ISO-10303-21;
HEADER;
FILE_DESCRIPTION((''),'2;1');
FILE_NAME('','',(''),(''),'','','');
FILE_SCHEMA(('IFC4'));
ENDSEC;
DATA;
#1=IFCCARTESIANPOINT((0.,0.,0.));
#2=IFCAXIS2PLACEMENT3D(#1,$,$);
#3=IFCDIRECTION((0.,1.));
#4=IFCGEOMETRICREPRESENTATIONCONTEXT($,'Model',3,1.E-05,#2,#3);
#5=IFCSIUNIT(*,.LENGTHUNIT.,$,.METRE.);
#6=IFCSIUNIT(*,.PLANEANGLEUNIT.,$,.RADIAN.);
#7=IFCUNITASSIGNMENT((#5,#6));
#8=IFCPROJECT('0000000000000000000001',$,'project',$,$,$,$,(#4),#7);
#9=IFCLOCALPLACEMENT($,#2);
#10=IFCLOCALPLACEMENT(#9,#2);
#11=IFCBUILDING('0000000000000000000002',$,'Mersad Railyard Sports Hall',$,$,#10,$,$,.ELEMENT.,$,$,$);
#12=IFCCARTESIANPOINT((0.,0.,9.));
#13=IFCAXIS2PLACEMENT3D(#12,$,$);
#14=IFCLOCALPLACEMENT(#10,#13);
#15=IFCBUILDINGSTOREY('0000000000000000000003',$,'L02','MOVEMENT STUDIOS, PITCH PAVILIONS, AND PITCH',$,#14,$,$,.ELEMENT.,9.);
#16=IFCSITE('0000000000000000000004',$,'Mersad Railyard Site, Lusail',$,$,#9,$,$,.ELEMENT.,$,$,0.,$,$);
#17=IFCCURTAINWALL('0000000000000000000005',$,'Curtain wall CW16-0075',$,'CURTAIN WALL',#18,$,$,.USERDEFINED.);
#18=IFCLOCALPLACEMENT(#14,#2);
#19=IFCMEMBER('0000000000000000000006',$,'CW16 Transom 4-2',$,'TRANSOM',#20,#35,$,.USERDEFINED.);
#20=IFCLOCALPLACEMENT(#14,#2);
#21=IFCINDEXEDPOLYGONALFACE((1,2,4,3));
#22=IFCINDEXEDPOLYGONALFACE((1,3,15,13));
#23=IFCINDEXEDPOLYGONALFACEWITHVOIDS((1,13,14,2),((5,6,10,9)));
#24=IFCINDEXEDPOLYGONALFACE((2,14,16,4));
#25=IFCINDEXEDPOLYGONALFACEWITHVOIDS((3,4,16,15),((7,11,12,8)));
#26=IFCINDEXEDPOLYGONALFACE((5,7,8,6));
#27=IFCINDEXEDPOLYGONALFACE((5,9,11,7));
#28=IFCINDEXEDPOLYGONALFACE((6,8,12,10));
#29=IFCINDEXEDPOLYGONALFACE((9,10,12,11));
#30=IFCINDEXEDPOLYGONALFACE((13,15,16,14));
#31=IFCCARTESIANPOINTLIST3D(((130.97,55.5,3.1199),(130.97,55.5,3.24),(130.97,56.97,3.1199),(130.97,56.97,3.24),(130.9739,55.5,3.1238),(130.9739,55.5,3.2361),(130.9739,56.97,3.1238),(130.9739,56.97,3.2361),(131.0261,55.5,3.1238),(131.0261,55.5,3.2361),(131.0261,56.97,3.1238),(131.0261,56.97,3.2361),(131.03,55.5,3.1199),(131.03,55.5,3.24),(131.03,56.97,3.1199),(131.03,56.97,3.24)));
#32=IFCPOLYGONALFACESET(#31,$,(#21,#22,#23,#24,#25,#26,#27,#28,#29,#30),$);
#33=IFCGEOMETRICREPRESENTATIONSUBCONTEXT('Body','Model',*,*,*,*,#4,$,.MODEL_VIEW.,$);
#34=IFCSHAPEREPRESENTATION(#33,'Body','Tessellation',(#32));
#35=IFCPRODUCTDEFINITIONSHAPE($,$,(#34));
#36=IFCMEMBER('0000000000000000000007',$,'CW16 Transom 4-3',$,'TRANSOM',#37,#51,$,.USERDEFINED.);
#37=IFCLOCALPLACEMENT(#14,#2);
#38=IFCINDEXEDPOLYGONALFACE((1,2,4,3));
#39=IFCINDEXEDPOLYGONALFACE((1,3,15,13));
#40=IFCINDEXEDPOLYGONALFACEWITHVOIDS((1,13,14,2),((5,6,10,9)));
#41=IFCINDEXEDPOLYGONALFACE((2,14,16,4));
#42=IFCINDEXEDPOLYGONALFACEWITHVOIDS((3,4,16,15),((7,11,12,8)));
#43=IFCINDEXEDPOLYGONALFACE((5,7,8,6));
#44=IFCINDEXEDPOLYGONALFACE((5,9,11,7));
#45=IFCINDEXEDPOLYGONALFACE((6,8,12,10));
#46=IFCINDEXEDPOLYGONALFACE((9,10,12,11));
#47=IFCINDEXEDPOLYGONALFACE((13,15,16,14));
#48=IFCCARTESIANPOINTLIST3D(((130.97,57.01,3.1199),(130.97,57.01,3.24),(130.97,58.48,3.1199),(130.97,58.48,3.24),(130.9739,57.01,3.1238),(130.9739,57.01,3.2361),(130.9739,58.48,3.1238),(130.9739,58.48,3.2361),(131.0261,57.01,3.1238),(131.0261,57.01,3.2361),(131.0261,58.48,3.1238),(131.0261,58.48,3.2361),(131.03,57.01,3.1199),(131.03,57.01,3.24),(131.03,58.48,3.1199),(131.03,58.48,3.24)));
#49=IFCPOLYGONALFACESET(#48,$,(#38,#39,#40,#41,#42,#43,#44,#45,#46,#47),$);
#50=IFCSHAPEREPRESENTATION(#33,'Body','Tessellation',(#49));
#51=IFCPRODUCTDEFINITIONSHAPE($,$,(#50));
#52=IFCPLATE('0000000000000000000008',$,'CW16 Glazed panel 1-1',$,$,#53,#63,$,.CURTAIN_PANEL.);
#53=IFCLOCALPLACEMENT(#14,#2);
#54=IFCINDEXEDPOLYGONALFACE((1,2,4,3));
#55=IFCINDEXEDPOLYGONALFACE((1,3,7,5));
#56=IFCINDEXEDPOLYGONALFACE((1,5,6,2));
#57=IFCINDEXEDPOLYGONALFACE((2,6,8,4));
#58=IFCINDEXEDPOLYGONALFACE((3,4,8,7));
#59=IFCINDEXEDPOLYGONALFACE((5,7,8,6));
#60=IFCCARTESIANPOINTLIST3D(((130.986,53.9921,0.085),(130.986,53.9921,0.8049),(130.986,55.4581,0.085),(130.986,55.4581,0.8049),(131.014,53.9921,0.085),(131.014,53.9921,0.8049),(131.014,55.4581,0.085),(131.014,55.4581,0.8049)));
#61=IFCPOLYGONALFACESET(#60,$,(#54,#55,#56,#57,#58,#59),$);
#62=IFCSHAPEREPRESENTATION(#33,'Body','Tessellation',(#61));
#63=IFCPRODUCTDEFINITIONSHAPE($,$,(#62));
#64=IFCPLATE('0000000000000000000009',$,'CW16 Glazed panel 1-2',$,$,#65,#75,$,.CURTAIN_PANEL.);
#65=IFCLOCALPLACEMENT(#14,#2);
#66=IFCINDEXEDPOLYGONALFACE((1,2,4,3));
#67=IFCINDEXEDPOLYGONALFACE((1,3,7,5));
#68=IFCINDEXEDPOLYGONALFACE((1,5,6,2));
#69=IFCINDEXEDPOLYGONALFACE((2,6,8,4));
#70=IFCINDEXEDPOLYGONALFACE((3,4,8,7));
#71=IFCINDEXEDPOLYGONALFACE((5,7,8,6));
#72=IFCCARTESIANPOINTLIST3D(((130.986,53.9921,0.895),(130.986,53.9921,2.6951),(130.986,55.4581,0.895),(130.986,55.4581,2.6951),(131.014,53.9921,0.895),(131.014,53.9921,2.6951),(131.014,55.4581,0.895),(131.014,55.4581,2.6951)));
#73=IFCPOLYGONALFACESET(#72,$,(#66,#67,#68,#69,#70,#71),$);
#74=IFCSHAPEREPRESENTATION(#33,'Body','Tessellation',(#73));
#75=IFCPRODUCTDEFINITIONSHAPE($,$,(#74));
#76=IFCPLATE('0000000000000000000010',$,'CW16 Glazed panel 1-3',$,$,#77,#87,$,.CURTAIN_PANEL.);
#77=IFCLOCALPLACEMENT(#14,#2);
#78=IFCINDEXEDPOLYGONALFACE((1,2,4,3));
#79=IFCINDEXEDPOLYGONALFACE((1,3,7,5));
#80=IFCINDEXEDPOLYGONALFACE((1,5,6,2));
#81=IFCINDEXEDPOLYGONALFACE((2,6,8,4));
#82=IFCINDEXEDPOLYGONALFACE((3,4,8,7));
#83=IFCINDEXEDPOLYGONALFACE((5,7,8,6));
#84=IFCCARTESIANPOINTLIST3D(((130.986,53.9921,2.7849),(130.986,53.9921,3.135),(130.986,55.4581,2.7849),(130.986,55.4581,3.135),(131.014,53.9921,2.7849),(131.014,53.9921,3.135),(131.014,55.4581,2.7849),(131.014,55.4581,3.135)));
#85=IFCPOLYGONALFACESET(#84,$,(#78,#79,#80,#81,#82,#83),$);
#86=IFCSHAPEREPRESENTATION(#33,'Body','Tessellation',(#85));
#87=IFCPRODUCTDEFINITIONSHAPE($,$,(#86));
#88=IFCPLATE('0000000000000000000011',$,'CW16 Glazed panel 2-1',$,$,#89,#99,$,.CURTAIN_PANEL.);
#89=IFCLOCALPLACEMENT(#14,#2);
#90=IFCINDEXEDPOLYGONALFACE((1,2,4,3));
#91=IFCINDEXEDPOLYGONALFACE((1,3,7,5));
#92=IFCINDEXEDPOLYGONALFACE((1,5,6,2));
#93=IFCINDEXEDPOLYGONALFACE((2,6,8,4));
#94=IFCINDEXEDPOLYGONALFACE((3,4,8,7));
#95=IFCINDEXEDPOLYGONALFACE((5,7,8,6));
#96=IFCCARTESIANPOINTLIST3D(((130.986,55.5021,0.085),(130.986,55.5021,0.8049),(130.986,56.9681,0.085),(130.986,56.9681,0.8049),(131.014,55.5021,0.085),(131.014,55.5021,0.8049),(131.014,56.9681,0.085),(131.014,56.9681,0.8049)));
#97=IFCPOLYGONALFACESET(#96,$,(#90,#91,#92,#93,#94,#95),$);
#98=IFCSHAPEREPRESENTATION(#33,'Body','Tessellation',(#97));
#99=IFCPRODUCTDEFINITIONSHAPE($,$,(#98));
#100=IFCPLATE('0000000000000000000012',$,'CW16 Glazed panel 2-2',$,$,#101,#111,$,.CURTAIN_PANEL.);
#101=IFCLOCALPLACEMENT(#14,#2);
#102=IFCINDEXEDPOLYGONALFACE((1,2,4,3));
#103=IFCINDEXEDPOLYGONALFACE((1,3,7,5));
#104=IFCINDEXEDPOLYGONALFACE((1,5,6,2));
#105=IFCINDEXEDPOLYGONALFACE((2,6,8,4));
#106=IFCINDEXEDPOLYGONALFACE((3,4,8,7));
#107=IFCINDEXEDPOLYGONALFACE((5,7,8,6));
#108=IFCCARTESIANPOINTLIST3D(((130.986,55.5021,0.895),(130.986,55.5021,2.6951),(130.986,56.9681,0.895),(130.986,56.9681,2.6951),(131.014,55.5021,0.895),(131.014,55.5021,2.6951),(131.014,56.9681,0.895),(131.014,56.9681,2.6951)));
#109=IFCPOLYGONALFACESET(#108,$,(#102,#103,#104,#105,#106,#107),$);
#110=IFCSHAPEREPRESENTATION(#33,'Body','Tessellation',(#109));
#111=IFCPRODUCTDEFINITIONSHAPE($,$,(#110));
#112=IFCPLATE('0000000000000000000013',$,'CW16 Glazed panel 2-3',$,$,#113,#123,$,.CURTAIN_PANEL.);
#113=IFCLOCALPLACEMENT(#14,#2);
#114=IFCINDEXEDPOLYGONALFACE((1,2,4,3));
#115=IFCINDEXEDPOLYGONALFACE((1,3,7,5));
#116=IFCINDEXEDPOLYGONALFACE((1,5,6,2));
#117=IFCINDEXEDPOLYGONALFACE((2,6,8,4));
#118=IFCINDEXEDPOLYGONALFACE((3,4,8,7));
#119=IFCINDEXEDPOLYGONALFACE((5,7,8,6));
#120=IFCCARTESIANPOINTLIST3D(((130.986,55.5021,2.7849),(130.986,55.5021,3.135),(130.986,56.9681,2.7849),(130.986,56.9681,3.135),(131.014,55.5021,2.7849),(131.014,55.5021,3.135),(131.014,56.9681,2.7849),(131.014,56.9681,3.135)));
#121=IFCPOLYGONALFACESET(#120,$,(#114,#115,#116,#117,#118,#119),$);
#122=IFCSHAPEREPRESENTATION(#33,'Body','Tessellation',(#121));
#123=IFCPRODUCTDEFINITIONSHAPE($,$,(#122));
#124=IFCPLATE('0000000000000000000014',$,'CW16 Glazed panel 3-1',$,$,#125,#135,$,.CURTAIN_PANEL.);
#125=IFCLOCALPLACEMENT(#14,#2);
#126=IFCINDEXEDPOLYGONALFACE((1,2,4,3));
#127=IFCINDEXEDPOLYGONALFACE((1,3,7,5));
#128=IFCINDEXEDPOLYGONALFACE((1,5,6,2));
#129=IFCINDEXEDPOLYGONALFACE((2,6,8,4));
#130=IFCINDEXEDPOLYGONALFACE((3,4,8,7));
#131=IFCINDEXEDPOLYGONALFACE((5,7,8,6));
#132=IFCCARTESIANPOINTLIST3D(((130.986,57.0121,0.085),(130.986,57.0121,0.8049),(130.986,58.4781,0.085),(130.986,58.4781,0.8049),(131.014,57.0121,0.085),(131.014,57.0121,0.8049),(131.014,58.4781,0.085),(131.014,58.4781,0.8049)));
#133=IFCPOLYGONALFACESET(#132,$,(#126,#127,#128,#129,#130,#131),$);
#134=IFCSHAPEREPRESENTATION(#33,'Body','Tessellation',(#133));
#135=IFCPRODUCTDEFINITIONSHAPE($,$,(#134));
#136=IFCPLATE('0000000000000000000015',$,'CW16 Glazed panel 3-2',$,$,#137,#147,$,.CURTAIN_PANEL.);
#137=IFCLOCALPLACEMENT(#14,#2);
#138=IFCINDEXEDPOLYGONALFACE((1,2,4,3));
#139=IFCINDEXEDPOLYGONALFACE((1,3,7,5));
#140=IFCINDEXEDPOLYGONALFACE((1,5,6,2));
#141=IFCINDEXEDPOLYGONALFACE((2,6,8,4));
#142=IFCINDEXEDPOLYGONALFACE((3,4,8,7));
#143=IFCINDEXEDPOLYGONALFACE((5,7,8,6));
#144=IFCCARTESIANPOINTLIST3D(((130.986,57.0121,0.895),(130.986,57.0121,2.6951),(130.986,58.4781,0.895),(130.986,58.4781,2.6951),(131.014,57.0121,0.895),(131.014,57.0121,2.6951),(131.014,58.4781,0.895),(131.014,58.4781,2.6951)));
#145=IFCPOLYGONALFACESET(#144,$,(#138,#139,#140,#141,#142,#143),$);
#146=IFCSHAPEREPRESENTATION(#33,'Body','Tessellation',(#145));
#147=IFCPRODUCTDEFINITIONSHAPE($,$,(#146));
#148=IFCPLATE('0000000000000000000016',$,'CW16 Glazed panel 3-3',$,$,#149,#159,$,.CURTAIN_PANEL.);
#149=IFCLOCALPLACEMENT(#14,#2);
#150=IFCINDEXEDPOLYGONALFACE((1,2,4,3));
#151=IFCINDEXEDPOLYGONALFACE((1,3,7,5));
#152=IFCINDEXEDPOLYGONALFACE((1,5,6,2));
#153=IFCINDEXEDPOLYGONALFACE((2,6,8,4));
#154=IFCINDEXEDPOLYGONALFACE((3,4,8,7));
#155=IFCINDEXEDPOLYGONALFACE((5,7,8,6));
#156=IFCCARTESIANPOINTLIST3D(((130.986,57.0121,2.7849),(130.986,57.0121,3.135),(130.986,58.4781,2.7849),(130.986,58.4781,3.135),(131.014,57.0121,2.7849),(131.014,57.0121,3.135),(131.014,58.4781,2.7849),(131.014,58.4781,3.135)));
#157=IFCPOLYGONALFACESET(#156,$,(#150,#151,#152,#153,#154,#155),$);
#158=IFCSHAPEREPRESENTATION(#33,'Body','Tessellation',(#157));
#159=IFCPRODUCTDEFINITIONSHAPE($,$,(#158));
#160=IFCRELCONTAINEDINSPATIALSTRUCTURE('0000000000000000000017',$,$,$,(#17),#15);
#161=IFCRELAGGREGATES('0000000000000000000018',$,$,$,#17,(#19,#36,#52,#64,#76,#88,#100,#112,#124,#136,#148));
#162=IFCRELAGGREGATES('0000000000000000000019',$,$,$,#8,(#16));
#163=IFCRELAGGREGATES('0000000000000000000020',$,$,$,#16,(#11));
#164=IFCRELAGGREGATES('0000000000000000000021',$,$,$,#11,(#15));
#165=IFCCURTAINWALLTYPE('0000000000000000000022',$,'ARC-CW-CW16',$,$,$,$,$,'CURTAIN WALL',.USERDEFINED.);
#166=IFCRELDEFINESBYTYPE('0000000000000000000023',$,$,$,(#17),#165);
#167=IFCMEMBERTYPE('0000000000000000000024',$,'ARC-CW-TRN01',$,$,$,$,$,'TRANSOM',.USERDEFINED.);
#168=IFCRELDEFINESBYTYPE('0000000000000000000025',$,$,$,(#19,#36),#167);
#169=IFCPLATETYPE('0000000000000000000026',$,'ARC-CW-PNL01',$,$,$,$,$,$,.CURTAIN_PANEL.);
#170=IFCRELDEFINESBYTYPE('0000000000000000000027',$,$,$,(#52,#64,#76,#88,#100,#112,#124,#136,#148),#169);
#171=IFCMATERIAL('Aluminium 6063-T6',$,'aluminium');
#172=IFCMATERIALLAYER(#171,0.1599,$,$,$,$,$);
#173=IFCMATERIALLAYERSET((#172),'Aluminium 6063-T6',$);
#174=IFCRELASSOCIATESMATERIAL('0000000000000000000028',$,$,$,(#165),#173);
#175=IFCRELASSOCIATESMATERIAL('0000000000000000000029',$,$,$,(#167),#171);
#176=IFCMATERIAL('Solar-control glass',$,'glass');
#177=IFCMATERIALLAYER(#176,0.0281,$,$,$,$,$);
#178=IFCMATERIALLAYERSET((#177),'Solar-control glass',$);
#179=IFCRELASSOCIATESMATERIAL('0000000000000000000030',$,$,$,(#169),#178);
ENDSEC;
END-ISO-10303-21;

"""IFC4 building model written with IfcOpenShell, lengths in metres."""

from ifc_helpers import new_model, si_unit, direction, frame, origin, origin_2d, place, context, subcontext, project, spatial, rectangle, hollow_rectangle, extrude, material, layer, layer_set, material_profile, profile_set, type_object, element, aggregate, save


model = new_model("IFC4")

# Units and contexts
model_context = context("Model", 3, precision=1e-05, world=origin(), true_north=direction((0.0, 1.0)))
body_context = subcontext(model_context, "Body", "Model", "MODEL_VIEW")
ifc_project = project(units=[si_unit("LENGTHUNIT", "METRE"), si_unit("PLANEANGLEUNIT", "RADIAN")], contexts=[model_context])

# Site, building, storey
site_placement = place(None, origin())
site = spatial("IfcSite", under=ifc_project, at=site_placement, Name="Mersad Railyard Site, Lusail", CompositionType="ELEMENT", RefElevation=0.0)
building_placement = place(site_placement, origin())
building = spatial("IfcBuilding", under=site, at=building_placement, Name="Mersad Railyard Sports Hall", CompositionType="ELEMENT")
storey_placement = place(building_placement, frame((0.0, 0.0, 9.0)))
storey = spatial("IfcBuildingStorey", under=building, at=storey_placement, Name="L02", Description="MOVEMENT STUDIOS, PITCH PAVILIONS, AND PITCH", CompositionType="ELEMENT", Elevation=9.0)

# Curtain wall, members, plates
ifc_material_1 = material(Name="Aluminium 6063-T6", Category="aluminium")
ifc_layer_1 = layer(ifc_material_1, 0.1599)
ifc_layer_set_1 = layer_set([ifc_layer_1], Name="Aluminium 6063-T6")
curtain_wall_type = type_object("IfcCurtainWallType", Name="ARC-CW-CW16", ElementType="CURTAIN WALL", PredefinedType="USERDEFINED", material=ifc_layer_set_1)
curtain_wall_placement = place(storey_placement, origin())
curtain_wall = element("IfcCurtainWall", 1, at=curtain_wall_placement, inside=storey, type_object=curtain_wall_type, Name="Curtain wall CW16-0075", ObjectType="CURTAIN WALL", PredefinedType="USERDEFINED")
ifc_material_profile_1 = material_profile(ifc_material_1, hollow_rectangle(XDim=0.0601, YDim=0.1201, WallThickness=0.0039, at=origin_2d()), Name="AL TRANSOM 60x120x4")
ifc_profile_set_1 = profile_set([ifc_material_profile_1], Name="Aluminium 6063-T6")
member_type_1 = type_object("IfcMemberType", Name="ARC-CW-TRN01", ElementType="TRANSOM", PredefinedType="USERDEFINED", material=ifc_profile_set_1)
member_1_placement = place(storey_placement, frame((131.0, 55.5, 3.1799), z_axis=(0.0, 1.0, 0.0), x_axis=(-1.0, 0.0, 0.0)))
member_1 = element("IfcMember", 2, at=member_1_placement, type_object=member_type_1, Name="CW16 Transom 4-2", ObjectType="TRANSOM", PredefinedType="USERDEFINED", context=body_context, shape_type="SweptSolid", body=[
    extrude(hollow_rectangle(XDim=0.0601, YDim=0.1201, WallThickness=0.0039, at=origin_2d()), origin(), (0.0, 0.0, 1.0), 1.47),
])
member_2_placement = place(storey_placement, frame((131.0, 57.01, 3.1799), z_axis=(0.0, 1.0, 0.0), x_axis=(-1.0, 0.0, 0.0)))
member_2 = element("IfcMember", 3, at=member_2_placement, type_object=member_type_1, Name="CW16 Transom 4-3", ObjectType="TRANSOM", PredefinedType="USERDEFINED", context=body_context, shape_type="SweptSolid", body=[
    extrude(hollow_rectangle(XDim=0.0601, YDim=0.1201, WallThickness=0.0039, at=origin_2d()), origin(), (0.0, 0.0, 1.0), 1.47),
])
ifc_material_2 = material(Name="Solar-control glass", Category="glass")
ifc_layer_2 = layer(ifc_material_2, 0.0281)
ifc_layer_set_2 = layer_set([ifc_layer_2], Name="Solar-control glass")
plate_type = type_object("IfcPlateType", Name="ARC-CW-PNL01", PredefinedType="CURTAIN_PANEL", material=ifc_layer_set_2)
plate_1_placement = place(storey_placement, frame((131.0, 54.7251, 0.085), z_axis=(0.0, 0.0, 1.0), x_axis=(0.0, 1.0, 0.0)))
plate_1 = element("IfcPlate", 4, at=plate_1_placement, type_object=plate_type, Name="CW16 Glazed panel 1-1", PredefinedType="CURTAIN_PANEL", context=body_context, shape_type="SweptSolid", body=[
    extrude(rectangle(XDim=1.4661, YDim=0.0281, at=origin_2d()), origin(), (0.0, 0.0, 1.0), 0.72),
])
plate_2_placement = place(storey_placement, frame((131.0, 54.7251, 0.895), z_axis=(0.0, 0.0, 1.0), x_axis=(0.0, 1.0, 0.0)))
plate_2 = element("IfcPlate", 5, at=plate_2_placement, type_object=plate_type, Name="CW16 Glazed panel 1-2", PredefinedType="CURTAIN_PANEL", context=body_context, shape_type="SweptSolid", body=[
    extrude(rectangle(XDim=1.4661, YDim=0.0281, at=origin_2d()), origin(), (0.0, 0.0, 1.0), 1.8),
])
plate_3_placement = place(storey_placement, frame((131.0, 54.7251, 2.7849), z_axis=(0.0, 0.0, 1.0), x_axis=(0.0, 1.0, 0.0)))
plate_3 = element("IfcPlate", 6, at=plate_3_placement, type_object=plate_type, Name="CW16 Glazed panel 1-3", PredefinedType="CURTAIN_PANEL", context=body_context, shape_type="SweptSolid", body=[
    extrude(rectangle(XDim=1.4661, YDim=0.0281, at=origin_2d()), origin(), (0.0, 0.0, 1.0), 0.3501),
])
plate_4_placement = place(storey_placement, frame((131.0, 56.2351, 0.085), z_axis=(0.0, 0.0, 1.0), x_axis=(0.0, 1.0, 0.0)))
plate_4 = element("IfcPlate", 7, at=plate_4_placement, type_object=plate_type, Name="CW16 Glazed panel 2-1", PredefinedType="CURTAIN_PANEL", context=body_context, shape_type="SweptSolid", body=[
    extrude(rectangle(XDim=1.4661, YDim=0.0281, at=origin_2d()), origin(), (0.0, 0.0, 1.0), 0.72),
])
plate_5_placement = place(storey_placement, frame((131.0, 56.2351, 0.895), z_axis=(0.0, 0.0, 1.0), x_axis=(0.0, 1.0, 0.0)))
plate_5 = element("IfcPlate", 8, at=plate_5_placement, type_object=plate_type, Name="CW16 Glazed panel 2-2", PredefinedType="CURTAIN_PANEL", context=body_context, shape_type="SweptSolid", body=[
    extrude(rectangle(XDim=1.4661, YDim=0.0281, at=origin_2d()), origin(), (0.0, 0.0, 1.0), 1.8),
])
plate_6_placement = place(storey_placement, frame((131.0, 56.2351, 2.7849), z_axis=(0.0, 0.0, 1.0), x_axis=(0.0, 1.0, 0.0)))
plate_6 = element("IfcPlate", 9, at=plate_6_placement, type_object=plate_type, Name="CW16 Glazed panel 2-3", PredefinedType="CURTAIN_PANEL", context=body_context, shape_type="SweptSolid", body=[
    extrude(rectangle(XDim=1.4661, YDim=0.0281, at=origin_2d()), origin(), (0.0, 0.0, 1.0), 0.3501),
])
plate_7_placement = place(storey_placement, frame((131.0, 57.7451, 0.085), z_axis=(0.0, 0.0, 1.0), x_axis=(0.0, 1.0, 0.0)))
plate_7 = element("IfcPlate", 10, at=plate_7_placement, type_object=plate_type, Name="CW16 Glazed panel 3-1", PredefinedType="CURTAIN_PANEL", context=body_context, shape_type="SweptSolid", body=[
    extrude(rectangle(XDim=1.4661, YDim=0.0281, at=origin_2d()), origin(), (0.0, 0.0, 1.0), 0.72),
])
plate_8_placement = place(storey_placement, frame((131.0, 57.7451, 0.895), z_axis=(0.0, 0.0, 1.0), x_axis=(0.0, 1.0, 0.0)))
plate_8 = element("IfcPlate", 11, at=plate_8_placement, type_object=plate_type, Name="CW16 Glazed panel 3-2", PredefinedType="CURTAIN_PANEL", context=body_context, shape_type="SweptSolid", body=[
    extrude(rectangle(XDim=1.4661, YDim=0.0281, at=origin_2d()), origin(), (0.0, 0.0, 1.0), 1.8),
])
plate_9_placement = place(storey_placement, frame((131.0, 57.7451, 2.7849), z_axis=(0.0, 0.0, 1.0), x_axis=(0.0, 1.0, 0.0)))
plate_9 = element("IfcPlate", 12, at=plate_9_placement, type_object=plate_type, Name="CW16 Glazed panel 3-3", PredefinedType="CURTAIN_PANEL", context=body_context, shape_type="SweptSolid", body=[
    extrude(rectangle(XDim=1.4661, YDim=0.0281, at=origin_2d()), origin(), (0.0, 0.0, 1.0), 0.3501),
])
aggregate(curtain_wall, [member_1, member_2, plate_1, plate_2, plate_3, plate_4, plate_5, plate_6, plate_7, plate_8, plate_9])

save(model, "model.ifc")
